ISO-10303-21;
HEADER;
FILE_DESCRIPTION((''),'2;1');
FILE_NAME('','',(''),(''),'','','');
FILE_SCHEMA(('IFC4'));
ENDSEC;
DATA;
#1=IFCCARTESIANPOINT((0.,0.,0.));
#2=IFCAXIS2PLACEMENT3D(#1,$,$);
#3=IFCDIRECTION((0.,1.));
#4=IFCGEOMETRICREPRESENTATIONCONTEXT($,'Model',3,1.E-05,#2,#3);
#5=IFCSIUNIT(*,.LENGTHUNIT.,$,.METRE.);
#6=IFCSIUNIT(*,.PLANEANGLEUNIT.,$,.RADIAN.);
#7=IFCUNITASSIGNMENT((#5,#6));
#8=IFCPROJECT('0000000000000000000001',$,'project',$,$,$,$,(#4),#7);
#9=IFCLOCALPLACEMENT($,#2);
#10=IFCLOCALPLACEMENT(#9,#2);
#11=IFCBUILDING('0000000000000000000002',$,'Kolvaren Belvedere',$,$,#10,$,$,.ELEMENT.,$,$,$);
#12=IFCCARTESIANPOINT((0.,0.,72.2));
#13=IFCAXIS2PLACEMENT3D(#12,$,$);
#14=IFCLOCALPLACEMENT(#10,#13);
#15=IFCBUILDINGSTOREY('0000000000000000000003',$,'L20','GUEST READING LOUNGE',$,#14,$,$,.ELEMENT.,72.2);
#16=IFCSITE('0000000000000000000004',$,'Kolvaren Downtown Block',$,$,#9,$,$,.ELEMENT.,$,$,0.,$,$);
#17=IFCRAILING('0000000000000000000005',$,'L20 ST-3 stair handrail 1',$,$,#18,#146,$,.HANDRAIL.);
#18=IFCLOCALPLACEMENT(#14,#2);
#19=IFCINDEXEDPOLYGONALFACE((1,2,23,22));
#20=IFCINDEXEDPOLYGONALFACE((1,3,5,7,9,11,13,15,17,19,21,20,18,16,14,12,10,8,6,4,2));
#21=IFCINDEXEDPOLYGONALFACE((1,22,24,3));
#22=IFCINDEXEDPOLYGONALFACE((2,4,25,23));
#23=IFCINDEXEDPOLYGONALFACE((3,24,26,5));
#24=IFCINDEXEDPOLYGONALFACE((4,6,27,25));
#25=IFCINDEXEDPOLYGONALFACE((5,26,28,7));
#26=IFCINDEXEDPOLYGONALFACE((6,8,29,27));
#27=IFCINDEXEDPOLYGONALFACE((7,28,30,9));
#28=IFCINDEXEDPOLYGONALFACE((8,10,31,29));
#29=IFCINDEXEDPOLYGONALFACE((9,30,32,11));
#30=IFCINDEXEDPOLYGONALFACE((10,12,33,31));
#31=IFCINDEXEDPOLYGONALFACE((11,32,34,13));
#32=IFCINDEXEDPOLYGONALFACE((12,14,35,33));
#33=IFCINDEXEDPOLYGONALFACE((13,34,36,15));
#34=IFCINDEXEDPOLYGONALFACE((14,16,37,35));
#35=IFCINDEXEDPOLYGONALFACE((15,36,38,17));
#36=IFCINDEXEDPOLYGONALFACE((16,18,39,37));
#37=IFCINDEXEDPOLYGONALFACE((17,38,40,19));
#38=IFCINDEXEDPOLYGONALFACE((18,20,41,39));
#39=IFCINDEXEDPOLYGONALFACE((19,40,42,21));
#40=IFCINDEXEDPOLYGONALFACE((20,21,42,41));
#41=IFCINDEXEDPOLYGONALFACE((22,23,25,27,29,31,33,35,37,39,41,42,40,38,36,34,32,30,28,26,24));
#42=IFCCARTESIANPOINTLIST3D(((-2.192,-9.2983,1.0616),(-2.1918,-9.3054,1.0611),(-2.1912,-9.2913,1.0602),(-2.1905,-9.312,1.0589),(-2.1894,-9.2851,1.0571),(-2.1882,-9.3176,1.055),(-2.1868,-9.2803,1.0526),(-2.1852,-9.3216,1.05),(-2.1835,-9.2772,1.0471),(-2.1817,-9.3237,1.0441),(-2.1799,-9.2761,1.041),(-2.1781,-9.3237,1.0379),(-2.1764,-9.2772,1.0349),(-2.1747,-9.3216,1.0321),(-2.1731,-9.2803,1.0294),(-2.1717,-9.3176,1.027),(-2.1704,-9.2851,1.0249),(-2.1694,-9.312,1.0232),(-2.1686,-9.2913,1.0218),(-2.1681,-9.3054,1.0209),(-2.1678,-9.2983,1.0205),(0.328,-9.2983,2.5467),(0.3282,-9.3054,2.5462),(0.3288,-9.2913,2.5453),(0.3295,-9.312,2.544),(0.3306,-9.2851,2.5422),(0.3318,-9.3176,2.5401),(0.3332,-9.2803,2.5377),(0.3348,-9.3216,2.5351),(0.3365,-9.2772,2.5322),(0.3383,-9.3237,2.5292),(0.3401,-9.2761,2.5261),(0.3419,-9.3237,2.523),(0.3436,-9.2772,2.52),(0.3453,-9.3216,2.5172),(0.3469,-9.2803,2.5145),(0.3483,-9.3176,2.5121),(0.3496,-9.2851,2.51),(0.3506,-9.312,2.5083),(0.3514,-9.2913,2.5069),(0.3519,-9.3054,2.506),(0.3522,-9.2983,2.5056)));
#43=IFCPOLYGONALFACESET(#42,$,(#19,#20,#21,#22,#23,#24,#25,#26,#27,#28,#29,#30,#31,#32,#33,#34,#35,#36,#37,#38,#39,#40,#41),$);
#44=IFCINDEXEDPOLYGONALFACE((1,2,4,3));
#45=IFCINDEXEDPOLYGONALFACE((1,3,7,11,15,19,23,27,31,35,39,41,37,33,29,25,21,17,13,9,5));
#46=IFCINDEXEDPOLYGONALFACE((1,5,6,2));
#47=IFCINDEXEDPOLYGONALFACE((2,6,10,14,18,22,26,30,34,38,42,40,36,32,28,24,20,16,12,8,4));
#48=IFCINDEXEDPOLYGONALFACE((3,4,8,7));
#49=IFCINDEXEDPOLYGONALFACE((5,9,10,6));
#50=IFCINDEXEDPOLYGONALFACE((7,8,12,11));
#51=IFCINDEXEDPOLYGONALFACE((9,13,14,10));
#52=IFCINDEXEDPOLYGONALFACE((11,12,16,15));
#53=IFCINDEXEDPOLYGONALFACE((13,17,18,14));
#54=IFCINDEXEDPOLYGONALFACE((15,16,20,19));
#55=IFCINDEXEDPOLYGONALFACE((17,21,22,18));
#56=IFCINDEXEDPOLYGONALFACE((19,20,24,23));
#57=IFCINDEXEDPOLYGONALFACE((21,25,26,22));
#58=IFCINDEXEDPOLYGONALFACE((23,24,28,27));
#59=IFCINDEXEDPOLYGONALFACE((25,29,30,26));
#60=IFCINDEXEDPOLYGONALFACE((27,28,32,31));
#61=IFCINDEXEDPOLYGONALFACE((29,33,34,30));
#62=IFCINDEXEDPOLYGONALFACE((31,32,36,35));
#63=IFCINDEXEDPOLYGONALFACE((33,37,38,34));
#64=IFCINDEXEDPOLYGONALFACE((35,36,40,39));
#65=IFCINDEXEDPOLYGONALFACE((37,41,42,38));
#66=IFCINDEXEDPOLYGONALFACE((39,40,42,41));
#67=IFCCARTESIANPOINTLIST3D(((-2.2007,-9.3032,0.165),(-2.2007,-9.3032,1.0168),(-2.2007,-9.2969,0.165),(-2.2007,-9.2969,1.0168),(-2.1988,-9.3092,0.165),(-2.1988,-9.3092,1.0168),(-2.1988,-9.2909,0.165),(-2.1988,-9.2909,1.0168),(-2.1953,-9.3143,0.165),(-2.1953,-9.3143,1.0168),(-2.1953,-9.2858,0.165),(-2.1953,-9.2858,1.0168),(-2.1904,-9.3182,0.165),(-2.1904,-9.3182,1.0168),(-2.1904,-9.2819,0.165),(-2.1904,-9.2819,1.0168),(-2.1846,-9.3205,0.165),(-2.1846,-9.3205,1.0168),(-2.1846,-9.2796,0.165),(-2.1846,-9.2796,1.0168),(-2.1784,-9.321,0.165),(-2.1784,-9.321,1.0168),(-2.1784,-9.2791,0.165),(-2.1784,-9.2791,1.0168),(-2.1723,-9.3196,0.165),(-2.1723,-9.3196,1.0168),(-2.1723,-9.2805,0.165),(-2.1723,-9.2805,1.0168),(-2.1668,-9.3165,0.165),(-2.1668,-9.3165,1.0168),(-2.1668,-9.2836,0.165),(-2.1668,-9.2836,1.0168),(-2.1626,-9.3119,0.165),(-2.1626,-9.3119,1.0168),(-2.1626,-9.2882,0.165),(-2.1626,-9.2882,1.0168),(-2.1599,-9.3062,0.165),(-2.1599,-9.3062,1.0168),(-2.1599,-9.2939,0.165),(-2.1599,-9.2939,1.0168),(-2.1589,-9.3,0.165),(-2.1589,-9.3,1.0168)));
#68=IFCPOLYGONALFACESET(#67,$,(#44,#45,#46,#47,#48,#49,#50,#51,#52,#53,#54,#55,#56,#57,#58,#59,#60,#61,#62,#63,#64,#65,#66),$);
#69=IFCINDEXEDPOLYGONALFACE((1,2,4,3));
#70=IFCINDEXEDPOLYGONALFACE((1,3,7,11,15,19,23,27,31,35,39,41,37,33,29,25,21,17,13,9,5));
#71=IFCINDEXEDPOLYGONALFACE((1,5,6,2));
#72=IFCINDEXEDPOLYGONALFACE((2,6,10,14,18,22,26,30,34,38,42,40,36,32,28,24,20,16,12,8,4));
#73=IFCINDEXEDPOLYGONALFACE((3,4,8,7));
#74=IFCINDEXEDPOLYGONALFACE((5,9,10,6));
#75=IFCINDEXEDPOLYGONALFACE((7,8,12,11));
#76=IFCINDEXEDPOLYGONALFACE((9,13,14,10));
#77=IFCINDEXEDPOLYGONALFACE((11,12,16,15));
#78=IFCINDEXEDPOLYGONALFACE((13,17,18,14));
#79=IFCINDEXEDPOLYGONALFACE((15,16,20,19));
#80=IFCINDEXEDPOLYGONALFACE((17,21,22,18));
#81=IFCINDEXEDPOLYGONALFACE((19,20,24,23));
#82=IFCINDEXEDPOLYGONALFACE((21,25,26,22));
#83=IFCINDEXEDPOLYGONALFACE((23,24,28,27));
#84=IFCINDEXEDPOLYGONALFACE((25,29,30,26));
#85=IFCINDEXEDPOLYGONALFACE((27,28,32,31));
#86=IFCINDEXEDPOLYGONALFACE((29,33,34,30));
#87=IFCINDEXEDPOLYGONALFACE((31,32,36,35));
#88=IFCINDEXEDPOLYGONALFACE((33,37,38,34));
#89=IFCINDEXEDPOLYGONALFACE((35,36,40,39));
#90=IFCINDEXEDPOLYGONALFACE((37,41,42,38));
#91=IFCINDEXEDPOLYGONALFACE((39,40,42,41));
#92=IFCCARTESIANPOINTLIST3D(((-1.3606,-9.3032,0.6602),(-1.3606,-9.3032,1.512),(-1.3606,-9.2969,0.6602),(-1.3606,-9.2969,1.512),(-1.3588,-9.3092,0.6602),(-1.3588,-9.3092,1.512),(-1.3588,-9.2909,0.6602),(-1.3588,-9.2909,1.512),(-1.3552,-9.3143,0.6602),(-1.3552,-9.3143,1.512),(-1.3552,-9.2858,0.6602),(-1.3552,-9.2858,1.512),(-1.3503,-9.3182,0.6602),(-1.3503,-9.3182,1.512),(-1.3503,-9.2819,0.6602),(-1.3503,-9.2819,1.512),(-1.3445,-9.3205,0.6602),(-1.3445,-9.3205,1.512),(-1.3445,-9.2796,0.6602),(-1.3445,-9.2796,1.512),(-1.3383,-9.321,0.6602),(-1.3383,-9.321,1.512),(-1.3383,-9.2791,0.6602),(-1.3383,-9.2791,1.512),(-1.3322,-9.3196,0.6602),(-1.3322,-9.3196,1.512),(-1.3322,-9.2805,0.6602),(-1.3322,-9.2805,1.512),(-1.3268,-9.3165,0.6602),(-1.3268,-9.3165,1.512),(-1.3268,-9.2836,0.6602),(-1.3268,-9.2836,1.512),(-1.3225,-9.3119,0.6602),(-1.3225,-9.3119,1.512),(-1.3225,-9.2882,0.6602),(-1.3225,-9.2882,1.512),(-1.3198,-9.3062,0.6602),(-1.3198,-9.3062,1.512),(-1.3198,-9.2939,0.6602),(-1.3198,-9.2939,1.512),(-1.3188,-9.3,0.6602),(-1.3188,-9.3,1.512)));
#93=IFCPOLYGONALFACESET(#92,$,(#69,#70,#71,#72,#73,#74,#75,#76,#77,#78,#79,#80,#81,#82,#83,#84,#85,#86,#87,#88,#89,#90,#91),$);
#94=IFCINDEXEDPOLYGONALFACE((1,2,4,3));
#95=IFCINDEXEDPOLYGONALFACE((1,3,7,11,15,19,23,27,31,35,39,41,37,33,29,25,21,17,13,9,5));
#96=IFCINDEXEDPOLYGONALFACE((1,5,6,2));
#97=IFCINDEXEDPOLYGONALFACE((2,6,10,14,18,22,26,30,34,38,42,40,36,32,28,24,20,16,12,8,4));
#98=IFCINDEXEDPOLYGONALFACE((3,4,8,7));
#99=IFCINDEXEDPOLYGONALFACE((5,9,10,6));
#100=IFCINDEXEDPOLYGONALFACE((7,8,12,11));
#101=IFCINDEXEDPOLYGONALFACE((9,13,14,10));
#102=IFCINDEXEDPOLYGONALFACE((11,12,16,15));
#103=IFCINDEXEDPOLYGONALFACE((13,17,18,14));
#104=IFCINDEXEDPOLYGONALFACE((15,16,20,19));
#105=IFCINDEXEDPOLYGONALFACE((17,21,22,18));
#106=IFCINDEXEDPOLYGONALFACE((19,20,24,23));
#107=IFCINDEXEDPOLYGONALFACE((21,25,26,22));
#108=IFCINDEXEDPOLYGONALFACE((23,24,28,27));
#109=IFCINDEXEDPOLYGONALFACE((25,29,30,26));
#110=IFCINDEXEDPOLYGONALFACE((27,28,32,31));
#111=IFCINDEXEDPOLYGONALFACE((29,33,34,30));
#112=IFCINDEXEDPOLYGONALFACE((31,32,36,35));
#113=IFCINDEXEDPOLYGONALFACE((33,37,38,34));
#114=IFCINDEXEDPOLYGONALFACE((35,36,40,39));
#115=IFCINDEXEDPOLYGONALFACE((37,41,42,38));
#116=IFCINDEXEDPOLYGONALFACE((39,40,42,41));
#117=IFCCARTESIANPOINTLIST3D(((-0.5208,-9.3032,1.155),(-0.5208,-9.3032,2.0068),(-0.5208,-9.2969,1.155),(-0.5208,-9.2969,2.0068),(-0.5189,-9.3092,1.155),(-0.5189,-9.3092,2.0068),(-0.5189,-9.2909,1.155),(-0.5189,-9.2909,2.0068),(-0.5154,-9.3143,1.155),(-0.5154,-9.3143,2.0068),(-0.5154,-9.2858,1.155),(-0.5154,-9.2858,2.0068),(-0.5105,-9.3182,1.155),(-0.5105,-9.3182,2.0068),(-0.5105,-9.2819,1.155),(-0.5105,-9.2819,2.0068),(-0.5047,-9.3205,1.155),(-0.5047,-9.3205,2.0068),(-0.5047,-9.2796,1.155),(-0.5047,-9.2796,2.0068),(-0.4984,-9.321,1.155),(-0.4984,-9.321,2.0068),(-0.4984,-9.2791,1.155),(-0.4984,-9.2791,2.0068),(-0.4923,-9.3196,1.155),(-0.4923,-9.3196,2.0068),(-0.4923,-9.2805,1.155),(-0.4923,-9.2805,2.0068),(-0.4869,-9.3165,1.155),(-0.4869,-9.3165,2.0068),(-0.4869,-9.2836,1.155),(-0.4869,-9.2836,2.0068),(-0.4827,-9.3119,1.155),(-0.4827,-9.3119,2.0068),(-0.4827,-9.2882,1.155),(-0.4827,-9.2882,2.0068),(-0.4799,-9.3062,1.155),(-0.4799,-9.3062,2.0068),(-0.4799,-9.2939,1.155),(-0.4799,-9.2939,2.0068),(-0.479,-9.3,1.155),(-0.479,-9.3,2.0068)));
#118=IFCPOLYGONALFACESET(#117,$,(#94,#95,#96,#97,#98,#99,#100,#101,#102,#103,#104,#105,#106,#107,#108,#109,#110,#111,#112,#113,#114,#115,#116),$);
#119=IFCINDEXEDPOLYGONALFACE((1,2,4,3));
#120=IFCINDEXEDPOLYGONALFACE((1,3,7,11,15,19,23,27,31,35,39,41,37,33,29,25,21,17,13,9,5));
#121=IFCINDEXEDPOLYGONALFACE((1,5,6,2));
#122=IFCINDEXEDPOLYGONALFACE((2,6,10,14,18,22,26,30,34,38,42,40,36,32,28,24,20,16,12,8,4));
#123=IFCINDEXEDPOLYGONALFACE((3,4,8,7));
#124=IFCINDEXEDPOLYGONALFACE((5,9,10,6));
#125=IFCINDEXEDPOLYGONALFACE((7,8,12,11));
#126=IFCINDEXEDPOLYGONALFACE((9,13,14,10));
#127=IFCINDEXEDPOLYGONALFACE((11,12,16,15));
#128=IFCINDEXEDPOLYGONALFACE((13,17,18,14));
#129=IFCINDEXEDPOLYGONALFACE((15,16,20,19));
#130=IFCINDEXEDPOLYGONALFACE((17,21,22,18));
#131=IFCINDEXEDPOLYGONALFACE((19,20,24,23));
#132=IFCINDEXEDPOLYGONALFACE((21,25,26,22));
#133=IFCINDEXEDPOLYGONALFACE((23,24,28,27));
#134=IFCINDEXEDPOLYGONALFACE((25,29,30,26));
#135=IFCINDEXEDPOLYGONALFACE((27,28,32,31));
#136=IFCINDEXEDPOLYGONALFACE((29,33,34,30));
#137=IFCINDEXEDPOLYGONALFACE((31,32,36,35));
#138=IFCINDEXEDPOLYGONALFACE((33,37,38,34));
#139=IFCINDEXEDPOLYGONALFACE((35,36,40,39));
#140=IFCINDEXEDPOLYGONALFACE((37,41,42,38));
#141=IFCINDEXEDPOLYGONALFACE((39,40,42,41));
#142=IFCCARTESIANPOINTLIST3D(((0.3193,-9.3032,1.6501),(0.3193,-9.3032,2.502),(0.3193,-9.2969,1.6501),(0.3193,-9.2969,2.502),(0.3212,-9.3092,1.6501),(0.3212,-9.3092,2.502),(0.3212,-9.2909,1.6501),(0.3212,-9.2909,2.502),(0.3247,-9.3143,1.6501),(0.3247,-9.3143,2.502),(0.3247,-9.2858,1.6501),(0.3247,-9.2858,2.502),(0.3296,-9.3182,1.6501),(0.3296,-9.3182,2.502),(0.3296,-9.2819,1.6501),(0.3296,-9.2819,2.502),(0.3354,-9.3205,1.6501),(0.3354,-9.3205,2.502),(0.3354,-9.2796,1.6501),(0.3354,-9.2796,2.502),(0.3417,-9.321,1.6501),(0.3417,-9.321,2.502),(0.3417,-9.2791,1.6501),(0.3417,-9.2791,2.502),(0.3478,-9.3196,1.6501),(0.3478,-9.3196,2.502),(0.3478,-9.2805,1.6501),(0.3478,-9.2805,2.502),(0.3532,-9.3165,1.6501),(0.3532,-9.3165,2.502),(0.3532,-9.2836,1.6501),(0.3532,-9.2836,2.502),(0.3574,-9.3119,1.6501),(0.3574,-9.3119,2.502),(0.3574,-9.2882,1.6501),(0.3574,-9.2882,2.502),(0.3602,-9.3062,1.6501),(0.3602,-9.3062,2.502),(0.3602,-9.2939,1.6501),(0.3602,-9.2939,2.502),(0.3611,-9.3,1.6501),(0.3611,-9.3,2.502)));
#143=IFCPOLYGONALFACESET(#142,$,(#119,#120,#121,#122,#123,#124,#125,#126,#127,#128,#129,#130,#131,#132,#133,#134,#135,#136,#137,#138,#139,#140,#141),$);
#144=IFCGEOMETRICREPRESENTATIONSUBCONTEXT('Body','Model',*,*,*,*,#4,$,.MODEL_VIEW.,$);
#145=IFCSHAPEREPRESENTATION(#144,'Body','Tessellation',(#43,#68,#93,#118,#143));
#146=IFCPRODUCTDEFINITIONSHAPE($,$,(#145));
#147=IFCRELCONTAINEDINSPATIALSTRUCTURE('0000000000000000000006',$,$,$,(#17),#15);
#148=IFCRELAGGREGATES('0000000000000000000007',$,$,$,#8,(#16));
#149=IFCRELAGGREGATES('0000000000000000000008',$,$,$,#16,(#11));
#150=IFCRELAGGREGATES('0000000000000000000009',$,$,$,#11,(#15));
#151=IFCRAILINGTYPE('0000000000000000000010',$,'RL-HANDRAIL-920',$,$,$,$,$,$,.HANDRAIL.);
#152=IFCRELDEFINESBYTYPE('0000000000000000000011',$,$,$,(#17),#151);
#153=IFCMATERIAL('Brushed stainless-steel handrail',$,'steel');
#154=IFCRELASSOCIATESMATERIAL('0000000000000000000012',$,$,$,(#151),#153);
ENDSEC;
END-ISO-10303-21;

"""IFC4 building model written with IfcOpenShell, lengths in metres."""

from ifc_helpers import new_model, si_unit, direction, frame, origin, origin_2d, place, context, subcontext, project, spatial, circle, extrude, material, type_object, element, save


model = new_model("IFC4")

# Units and contexts
model_context = context("Model", 3, precision=1e-05, world=origin(), true_north=direction((0.0, 1.0)))
body_context = subcontext(model_context, "Body", "Model", "MODEL_VIEW")
ifc_project = project(units=[si_unit("LENGTHUNIT", "METRE"), si_unit("PLANEANGLEUNIT", "RADIAN")], contexts=[model_context])

# Site, building, storey
site_placement = place(None, origin())
site = spatial("IfcSite", under=ifc_project, at=site_placement, Name="Kolvaren Downtown Block", CompositionType="ELEMENT", RefElevation=0.0)
building_placement = place(site_placement, origin())
building = spatial("IfcBuilding", under=site, at=building_placement, Name="Kolvaren Belvedere", CompositionType="ELEMENT")
storey_placement = place(building_placement, frame((0.0, 0.0, 72.2)))
storey = spatial("IfcBuildingStorey", under=building, at=storey_placement, Name="L20", Description="GUEST READING LOUNGE", CompositionType="ELEMENT", Elevation=72.2)

# Railing
ifc_material_1 = material(Name="Brushed stainless-steel handrail", Category="steel")
railing_type_1 = type_object("IfcRailingType", Name="RL-HANDRAIL-920", PredefinedType="HANDRAIL", material=ifc_material_1)
railing_1_placement = place(storey_placement, frame((-2.1799, -9.3, 0.165)))
element("IfcRailing", 1, at=railing_1_placement, inside=storey, type_object=railing_type_1, Name="L20 ST-3 stair handrail 1", PredefinedType="HANDRAIL", context=body_context, shape_type="SweptSolid", body=[
    extrude(circle(Radius=0.0239, at=origin_2d()), frame((0.0, 0.0, 0.876), z_axis=(0.861524, 0.0, 0.507717), x_axis=(0.0, 1.0, 0.0)), (0.0, 0.0, 1.0), 2.925),
    extrude(circle(Radius=0.021, at=origin_2d()), origin(), (0.0, 0.0, 1.0), 0.8518),
    extrude(circle(Radius=0.021, at=origin_2d()), frame((0.8401, 0.0, 0.4951)), (0.0, 0.0, 1.0), 0.8518),
    extrude(circle(Radius=0.021, at=origin_2d()), frame((1.6799, 0.0, 0.99)), (0.0, 0.0, 1.0), 0.8518),
    extrude(circle(Radius=0.021, at=origin_2d()), frame((2.52, 0.0, 1.4851)), (0.0, 0.0, 1.0), 0.8518),
])

save(model, "model.ifc")
